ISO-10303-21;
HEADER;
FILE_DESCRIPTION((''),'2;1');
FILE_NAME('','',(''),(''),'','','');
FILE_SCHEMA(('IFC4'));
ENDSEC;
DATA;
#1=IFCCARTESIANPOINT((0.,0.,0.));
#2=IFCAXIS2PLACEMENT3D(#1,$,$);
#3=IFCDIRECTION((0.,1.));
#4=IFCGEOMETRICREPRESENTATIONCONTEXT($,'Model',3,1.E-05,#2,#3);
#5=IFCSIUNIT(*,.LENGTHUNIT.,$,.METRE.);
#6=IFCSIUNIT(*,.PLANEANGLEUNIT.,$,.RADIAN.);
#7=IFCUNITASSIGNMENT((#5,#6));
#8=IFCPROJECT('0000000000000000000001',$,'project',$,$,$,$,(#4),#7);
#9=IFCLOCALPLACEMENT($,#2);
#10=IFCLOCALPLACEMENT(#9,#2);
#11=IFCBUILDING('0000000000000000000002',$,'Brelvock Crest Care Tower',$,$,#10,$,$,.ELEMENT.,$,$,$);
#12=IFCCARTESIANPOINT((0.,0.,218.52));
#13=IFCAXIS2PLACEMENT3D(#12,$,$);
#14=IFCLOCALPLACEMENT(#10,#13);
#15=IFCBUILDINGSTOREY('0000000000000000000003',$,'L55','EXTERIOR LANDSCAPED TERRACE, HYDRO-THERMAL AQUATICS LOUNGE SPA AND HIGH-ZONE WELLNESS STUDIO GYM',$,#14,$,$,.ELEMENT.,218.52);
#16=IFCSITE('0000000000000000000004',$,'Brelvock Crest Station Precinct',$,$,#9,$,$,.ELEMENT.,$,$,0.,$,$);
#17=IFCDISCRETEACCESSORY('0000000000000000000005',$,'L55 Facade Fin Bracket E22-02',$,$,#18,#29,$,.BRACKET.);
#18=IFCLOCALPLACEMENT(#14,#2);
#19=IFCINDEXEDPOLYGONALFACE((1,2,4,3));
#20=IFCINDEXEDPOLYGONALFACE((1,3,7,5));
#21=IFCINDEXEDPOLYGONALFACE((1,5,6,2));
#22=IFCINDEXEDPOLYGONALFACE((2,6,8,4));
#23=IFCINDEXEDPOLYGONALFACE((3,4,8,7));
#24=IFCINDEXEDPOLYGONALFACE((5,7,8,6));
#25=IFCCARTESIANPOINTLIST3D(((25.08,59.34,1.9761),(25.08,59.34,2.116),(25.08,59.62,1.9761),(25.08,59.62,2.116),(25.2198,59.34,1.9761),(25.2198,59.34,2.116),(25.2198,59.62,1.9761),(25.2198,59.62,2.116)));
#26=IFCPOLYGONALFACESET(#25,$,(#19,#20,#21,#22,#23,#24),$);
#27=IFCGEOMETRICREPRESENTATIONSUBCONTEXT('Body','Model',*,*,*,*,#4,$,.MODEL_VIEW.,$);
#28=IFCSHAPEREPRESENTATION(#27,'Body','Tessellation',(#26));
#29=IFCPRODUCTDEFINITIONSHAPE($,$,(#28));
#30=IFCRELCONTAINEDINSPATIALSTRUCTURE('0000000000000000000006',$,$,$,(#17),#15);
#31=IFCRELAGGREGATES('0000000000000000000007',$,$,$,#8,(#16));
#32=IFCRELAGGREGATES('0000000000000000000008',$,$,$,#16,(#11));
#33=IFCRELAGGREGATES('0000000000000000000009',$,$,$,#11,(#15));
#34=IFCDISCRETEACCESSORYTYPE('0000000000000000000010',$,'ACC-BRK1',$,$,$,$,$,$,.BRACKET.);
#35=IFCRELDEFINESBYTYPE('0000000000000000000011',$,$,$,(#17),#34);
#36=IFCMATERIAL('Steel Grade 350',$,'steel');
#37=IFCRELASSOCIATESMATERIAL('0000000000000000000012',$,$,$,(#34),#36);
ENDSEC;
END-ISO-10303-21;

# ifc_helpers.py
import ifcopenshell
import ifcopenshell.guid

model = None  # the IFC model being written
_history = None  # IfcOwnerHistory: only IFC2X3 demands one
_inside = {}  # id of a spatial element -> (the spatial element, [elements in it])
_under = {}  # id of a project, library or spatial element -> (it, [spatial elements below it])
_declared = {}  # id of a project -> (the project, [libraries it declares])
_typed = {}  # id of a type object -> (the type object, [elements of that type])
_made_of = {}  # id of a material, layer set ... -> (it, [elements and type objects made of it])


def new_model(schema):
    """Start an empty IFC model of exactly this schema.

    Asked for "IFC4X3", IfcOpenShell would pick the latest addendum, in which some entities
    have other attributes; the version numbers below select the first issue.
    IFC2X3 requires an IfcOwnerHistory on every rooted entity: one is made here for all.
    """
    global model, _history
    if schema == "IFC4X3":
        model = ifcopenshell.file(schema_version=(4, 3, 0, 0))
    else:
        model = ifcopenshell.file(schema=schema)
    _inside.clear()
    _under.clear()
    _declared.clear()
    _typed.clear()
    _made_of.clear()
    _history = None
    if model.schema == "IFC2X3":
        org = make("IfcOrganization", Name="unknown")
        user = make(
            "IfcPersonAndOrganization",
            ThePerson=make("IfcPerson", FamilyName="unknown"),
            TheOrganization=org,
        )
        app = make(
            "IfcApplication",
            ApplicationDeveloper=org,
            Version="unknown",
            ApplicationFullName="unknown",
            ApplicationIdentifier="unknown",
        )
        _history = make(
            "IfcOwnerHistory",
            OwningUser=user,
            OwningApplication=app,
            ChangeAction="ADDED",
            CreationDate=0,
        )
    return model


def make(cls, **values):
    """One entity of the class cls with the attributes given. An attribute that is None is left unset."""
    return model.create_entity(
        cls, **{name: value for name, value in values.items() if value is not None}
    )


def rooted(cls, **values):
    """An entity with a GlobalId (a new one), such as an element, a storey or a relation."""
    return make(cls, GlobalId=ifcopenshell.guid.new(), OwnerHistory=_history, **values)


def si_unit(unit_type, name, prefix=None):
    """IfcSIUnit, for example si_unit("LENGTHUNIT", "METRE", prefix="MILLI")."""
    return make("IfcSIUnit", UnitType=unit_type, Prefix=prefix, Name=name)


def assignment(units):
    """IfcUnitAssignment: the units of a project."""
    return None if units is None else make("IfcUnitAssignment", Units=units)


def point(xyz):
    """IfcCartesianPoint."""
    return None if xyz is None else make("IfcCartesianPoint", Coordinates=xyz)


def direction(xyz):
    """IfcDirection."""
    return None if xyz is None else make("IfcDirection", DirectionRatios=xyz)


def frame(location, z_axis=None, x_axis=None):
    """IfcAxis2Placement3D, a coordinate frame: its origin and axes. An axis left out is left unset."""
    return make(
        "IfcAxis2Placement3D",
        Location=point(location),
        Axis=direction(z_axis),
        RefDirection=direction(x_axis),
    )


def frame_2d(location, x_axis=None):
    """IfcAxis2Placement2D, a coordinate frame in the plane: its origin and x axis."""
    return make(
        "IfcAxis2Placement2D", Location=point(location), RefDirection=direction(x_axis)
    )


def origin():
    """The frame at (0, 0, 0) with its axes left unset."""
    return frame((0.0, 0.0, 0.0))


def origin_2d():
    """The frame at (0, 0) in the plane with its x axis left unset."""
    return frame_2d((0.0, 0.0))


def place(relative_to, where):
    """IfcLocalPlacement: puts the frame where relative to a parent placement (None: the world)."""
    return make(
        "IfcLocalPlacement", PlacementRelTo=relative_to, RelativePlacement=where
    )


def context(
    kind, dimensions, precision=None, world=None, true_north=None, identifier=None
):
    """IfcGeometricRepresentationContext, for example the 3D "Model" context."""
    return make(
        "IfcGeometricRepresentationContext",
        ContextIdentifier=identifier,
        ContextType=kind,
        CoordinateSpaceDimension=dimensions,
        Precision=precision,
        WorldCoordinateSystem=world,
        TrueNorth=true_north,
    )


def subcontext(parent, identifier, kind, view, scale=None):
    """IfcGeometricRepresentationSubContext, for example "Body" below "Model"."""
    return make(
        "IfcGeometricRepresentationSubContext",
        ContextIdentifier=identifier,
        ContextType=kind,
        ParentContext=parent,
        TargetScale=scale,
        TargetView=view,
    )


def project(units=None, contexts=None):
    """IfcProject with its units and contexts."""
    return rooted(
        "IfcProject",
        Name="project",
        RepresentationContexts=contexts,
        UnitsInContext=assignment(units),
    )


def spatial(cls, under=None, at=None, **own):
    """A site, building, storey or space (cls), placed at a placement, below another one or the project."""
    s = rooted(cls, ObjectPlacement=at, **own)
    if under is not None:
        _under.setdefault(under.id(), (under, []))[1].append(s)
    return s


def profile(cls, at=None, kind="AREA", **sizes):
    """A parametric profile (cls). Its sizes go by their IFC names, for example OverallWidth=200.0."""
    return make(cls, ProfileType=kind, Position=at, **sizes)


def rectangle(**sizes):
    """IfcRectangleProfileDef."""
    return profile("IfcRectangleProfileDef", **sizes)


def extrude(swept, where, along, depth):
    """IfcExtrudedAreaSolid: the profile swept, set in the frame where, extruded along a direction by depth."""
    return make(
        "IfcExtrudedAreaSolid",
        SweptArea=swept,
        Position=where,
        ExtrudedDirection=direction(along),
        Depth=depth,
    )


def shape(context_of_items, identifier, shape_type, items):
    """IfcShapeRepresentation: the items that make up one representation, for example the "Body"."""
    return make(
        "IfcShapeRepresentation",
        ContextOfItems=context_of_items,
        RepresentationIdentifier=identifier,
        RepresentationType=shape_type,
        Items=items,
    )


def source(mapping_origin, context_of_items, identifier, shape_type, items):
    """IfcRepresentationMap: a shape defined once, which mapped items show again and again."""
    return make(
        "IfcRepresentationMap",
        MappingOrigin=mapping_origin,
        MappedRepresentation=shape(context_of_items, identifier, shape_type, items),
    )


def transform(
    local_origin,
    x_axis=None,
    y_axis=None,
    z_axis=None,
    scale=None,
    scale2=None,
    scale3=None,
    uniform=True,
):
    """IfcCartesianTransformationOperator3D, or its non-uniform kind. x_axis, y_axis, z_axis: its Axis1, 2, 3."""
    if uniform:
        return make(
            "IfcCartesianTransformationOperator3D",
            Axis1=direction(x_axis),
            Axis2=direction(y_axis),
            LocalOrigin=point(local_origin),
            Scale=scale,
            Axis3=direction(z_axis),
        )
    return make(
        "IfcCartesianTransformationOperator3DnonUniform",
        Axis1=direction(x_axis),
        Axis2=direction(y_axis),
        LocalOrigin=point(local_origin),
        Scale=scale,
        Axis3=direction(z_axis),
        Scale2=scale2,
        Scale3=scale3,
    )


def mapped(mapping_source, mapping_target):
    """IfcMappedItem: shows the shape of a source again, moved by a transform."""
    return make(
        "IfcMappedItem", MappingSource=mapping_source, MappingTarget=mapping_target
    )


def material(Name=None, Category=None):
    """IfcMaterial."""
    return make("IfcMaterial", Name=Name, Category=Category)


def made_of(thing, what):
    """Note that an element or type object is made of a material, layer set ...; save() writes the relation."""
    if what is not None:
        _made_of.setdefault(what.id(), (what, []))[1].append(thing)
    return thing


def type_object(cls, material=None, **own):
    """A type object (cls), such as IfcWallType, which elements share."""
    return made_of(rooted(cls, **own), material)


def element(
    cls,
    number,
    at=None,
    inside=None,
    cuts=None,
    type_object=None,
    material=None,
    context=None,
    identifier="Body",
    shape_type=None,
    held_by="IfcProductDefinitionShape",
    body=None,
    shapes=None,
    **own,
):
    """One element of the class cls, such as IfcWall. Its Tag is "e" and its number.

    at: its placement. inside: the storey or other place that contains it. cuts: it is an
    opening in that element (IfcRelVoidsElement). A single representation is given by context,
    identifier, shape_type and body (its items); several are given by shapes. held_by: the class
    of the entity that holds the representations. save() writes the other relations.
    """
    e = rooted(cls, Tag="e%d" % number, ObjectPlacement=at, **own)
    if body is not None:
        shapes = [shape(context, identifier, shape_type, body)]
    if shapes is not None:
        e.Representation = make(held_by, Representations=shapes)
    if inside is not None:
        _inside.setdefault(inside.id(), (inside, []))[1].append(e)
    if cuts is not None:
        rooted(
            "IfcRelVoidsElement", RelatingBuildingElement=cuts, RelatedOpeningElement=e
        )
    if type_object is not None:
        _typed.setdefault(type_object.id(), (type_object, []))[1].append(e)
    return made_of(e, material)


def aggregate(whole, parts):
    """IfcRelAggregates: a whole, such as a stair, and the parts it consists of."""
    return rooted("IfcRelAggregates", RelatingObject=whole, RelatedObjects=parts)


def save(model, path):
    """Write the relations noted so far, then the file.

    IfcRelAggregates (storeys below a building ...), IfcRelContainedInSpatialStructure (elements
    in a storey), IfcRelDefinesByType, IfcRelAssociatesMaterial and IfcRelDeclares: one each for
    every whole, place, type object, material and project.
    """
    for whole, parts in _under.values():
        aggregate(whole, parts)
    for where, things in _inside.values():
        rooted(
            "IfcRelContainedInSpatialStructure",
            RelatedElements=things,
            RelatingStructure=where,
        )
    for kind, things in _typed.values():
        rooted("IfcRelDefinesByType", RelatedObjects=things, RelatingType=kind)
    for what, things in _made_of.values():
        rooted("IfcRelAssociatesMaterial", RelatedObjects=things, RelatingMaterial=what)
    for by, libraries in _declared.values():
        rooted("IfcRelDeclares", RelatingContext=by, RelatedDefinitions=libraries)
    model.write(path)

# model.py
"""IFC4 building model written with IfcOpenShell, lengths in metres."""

from ifc_helpers import new_model, si_unit, direction, frame, origin, origin_2d, place, context, subcontext, project, spatial, rectangle, extrude, source, transform, mapped, material, type_object, element, save


model = new_model("IFC4")

# Units and contexts
model_context = context("Model", 3, precision=1e-05, world=origin(), true_north=direction((0.0, 1.0)))
body_context = subcontext(model_context, "Body", "Model", "MODEL_VIEW")
ifc_project = project(units=[si_unit("LENGTHUNIT", "METRE"), si_unit("PLANEANGLEUNIT", "RADIAN")], contexts=[model_context])

# Site, building, storey
site_placement = place(None, origin())
site = spatial("IfcSite", under=ifc_project, at=site_placement, Name="Brelvock Crest Station Precinct", CompositionType="ELEMENT", RefElevation=0.0)
building_placement = place(site_placement, origin())
building = spatial("IfcBuilding", under=site, at=building_placement, Name="Brelvock Crest Care Tower", CompositionType="ELEMENT")
storey_placement = place(building_placement, frame((0.0, 0.0, 218.52)))
storey = spatial("IfcBuildingStorey", under=building, at=storey_placement, Name="L55", Description="EXTERIOR LANDSCAPED TERRACE, HYDRO-THERMAL AQUATICS LOUNGE SPA AND HIGH-ZONE WELLNESS STUDIO GYM", CompositionType="ELEMENT", Elevation=218.52)

# Shared definitions
ifc_material_1 = material(Name="Steel Grade 350", Category="steel")

# Discrete accessory
discrete_accessory_type_1 = type_object("IfcDiscreteAccessoryType", Name="ACC-BRK1", PredefinedType="BRACKET", material=ifc_material_1)
shared_shape_1 = source(origin(), body_context, "Body", "SweptSolid", [
    extrude(rectangle(XDim=0.28, YDim=0.1399, at=origin_2d()), origin(), (0.0, 0.0, 1.0), 0.1399),
])
for number, where, z_axis, x_axis, name in (
    (1, (25.1499, 59.48, 1.9761), (0.0, 0.0, 1.0), (0.0, 1.0, 0.0), "L55 Facade Fin Bracket E22-02"),
):
    element("IfcDiscreteAccessory", number, at=place(storey_placement, frame(where, z_axis=z_axis, x_axis=x_axis)), inside=storey, type_object=discrete_accessory_type_1, Name=name, PredefinedType="BRACKET", context=body_context, shape_type="MappedRepresentation", body=[
        mapped(shared_shape_1, transform((0.0, 0.0, 0.0), x_axis=(1.0, 0.0, 0.0), y_axis=(0.0, 1.0, 0.0), z_axis=(0.0, 0.0, 1.0), scale=1.0)),
    ])

save(model, "model.ifc")
